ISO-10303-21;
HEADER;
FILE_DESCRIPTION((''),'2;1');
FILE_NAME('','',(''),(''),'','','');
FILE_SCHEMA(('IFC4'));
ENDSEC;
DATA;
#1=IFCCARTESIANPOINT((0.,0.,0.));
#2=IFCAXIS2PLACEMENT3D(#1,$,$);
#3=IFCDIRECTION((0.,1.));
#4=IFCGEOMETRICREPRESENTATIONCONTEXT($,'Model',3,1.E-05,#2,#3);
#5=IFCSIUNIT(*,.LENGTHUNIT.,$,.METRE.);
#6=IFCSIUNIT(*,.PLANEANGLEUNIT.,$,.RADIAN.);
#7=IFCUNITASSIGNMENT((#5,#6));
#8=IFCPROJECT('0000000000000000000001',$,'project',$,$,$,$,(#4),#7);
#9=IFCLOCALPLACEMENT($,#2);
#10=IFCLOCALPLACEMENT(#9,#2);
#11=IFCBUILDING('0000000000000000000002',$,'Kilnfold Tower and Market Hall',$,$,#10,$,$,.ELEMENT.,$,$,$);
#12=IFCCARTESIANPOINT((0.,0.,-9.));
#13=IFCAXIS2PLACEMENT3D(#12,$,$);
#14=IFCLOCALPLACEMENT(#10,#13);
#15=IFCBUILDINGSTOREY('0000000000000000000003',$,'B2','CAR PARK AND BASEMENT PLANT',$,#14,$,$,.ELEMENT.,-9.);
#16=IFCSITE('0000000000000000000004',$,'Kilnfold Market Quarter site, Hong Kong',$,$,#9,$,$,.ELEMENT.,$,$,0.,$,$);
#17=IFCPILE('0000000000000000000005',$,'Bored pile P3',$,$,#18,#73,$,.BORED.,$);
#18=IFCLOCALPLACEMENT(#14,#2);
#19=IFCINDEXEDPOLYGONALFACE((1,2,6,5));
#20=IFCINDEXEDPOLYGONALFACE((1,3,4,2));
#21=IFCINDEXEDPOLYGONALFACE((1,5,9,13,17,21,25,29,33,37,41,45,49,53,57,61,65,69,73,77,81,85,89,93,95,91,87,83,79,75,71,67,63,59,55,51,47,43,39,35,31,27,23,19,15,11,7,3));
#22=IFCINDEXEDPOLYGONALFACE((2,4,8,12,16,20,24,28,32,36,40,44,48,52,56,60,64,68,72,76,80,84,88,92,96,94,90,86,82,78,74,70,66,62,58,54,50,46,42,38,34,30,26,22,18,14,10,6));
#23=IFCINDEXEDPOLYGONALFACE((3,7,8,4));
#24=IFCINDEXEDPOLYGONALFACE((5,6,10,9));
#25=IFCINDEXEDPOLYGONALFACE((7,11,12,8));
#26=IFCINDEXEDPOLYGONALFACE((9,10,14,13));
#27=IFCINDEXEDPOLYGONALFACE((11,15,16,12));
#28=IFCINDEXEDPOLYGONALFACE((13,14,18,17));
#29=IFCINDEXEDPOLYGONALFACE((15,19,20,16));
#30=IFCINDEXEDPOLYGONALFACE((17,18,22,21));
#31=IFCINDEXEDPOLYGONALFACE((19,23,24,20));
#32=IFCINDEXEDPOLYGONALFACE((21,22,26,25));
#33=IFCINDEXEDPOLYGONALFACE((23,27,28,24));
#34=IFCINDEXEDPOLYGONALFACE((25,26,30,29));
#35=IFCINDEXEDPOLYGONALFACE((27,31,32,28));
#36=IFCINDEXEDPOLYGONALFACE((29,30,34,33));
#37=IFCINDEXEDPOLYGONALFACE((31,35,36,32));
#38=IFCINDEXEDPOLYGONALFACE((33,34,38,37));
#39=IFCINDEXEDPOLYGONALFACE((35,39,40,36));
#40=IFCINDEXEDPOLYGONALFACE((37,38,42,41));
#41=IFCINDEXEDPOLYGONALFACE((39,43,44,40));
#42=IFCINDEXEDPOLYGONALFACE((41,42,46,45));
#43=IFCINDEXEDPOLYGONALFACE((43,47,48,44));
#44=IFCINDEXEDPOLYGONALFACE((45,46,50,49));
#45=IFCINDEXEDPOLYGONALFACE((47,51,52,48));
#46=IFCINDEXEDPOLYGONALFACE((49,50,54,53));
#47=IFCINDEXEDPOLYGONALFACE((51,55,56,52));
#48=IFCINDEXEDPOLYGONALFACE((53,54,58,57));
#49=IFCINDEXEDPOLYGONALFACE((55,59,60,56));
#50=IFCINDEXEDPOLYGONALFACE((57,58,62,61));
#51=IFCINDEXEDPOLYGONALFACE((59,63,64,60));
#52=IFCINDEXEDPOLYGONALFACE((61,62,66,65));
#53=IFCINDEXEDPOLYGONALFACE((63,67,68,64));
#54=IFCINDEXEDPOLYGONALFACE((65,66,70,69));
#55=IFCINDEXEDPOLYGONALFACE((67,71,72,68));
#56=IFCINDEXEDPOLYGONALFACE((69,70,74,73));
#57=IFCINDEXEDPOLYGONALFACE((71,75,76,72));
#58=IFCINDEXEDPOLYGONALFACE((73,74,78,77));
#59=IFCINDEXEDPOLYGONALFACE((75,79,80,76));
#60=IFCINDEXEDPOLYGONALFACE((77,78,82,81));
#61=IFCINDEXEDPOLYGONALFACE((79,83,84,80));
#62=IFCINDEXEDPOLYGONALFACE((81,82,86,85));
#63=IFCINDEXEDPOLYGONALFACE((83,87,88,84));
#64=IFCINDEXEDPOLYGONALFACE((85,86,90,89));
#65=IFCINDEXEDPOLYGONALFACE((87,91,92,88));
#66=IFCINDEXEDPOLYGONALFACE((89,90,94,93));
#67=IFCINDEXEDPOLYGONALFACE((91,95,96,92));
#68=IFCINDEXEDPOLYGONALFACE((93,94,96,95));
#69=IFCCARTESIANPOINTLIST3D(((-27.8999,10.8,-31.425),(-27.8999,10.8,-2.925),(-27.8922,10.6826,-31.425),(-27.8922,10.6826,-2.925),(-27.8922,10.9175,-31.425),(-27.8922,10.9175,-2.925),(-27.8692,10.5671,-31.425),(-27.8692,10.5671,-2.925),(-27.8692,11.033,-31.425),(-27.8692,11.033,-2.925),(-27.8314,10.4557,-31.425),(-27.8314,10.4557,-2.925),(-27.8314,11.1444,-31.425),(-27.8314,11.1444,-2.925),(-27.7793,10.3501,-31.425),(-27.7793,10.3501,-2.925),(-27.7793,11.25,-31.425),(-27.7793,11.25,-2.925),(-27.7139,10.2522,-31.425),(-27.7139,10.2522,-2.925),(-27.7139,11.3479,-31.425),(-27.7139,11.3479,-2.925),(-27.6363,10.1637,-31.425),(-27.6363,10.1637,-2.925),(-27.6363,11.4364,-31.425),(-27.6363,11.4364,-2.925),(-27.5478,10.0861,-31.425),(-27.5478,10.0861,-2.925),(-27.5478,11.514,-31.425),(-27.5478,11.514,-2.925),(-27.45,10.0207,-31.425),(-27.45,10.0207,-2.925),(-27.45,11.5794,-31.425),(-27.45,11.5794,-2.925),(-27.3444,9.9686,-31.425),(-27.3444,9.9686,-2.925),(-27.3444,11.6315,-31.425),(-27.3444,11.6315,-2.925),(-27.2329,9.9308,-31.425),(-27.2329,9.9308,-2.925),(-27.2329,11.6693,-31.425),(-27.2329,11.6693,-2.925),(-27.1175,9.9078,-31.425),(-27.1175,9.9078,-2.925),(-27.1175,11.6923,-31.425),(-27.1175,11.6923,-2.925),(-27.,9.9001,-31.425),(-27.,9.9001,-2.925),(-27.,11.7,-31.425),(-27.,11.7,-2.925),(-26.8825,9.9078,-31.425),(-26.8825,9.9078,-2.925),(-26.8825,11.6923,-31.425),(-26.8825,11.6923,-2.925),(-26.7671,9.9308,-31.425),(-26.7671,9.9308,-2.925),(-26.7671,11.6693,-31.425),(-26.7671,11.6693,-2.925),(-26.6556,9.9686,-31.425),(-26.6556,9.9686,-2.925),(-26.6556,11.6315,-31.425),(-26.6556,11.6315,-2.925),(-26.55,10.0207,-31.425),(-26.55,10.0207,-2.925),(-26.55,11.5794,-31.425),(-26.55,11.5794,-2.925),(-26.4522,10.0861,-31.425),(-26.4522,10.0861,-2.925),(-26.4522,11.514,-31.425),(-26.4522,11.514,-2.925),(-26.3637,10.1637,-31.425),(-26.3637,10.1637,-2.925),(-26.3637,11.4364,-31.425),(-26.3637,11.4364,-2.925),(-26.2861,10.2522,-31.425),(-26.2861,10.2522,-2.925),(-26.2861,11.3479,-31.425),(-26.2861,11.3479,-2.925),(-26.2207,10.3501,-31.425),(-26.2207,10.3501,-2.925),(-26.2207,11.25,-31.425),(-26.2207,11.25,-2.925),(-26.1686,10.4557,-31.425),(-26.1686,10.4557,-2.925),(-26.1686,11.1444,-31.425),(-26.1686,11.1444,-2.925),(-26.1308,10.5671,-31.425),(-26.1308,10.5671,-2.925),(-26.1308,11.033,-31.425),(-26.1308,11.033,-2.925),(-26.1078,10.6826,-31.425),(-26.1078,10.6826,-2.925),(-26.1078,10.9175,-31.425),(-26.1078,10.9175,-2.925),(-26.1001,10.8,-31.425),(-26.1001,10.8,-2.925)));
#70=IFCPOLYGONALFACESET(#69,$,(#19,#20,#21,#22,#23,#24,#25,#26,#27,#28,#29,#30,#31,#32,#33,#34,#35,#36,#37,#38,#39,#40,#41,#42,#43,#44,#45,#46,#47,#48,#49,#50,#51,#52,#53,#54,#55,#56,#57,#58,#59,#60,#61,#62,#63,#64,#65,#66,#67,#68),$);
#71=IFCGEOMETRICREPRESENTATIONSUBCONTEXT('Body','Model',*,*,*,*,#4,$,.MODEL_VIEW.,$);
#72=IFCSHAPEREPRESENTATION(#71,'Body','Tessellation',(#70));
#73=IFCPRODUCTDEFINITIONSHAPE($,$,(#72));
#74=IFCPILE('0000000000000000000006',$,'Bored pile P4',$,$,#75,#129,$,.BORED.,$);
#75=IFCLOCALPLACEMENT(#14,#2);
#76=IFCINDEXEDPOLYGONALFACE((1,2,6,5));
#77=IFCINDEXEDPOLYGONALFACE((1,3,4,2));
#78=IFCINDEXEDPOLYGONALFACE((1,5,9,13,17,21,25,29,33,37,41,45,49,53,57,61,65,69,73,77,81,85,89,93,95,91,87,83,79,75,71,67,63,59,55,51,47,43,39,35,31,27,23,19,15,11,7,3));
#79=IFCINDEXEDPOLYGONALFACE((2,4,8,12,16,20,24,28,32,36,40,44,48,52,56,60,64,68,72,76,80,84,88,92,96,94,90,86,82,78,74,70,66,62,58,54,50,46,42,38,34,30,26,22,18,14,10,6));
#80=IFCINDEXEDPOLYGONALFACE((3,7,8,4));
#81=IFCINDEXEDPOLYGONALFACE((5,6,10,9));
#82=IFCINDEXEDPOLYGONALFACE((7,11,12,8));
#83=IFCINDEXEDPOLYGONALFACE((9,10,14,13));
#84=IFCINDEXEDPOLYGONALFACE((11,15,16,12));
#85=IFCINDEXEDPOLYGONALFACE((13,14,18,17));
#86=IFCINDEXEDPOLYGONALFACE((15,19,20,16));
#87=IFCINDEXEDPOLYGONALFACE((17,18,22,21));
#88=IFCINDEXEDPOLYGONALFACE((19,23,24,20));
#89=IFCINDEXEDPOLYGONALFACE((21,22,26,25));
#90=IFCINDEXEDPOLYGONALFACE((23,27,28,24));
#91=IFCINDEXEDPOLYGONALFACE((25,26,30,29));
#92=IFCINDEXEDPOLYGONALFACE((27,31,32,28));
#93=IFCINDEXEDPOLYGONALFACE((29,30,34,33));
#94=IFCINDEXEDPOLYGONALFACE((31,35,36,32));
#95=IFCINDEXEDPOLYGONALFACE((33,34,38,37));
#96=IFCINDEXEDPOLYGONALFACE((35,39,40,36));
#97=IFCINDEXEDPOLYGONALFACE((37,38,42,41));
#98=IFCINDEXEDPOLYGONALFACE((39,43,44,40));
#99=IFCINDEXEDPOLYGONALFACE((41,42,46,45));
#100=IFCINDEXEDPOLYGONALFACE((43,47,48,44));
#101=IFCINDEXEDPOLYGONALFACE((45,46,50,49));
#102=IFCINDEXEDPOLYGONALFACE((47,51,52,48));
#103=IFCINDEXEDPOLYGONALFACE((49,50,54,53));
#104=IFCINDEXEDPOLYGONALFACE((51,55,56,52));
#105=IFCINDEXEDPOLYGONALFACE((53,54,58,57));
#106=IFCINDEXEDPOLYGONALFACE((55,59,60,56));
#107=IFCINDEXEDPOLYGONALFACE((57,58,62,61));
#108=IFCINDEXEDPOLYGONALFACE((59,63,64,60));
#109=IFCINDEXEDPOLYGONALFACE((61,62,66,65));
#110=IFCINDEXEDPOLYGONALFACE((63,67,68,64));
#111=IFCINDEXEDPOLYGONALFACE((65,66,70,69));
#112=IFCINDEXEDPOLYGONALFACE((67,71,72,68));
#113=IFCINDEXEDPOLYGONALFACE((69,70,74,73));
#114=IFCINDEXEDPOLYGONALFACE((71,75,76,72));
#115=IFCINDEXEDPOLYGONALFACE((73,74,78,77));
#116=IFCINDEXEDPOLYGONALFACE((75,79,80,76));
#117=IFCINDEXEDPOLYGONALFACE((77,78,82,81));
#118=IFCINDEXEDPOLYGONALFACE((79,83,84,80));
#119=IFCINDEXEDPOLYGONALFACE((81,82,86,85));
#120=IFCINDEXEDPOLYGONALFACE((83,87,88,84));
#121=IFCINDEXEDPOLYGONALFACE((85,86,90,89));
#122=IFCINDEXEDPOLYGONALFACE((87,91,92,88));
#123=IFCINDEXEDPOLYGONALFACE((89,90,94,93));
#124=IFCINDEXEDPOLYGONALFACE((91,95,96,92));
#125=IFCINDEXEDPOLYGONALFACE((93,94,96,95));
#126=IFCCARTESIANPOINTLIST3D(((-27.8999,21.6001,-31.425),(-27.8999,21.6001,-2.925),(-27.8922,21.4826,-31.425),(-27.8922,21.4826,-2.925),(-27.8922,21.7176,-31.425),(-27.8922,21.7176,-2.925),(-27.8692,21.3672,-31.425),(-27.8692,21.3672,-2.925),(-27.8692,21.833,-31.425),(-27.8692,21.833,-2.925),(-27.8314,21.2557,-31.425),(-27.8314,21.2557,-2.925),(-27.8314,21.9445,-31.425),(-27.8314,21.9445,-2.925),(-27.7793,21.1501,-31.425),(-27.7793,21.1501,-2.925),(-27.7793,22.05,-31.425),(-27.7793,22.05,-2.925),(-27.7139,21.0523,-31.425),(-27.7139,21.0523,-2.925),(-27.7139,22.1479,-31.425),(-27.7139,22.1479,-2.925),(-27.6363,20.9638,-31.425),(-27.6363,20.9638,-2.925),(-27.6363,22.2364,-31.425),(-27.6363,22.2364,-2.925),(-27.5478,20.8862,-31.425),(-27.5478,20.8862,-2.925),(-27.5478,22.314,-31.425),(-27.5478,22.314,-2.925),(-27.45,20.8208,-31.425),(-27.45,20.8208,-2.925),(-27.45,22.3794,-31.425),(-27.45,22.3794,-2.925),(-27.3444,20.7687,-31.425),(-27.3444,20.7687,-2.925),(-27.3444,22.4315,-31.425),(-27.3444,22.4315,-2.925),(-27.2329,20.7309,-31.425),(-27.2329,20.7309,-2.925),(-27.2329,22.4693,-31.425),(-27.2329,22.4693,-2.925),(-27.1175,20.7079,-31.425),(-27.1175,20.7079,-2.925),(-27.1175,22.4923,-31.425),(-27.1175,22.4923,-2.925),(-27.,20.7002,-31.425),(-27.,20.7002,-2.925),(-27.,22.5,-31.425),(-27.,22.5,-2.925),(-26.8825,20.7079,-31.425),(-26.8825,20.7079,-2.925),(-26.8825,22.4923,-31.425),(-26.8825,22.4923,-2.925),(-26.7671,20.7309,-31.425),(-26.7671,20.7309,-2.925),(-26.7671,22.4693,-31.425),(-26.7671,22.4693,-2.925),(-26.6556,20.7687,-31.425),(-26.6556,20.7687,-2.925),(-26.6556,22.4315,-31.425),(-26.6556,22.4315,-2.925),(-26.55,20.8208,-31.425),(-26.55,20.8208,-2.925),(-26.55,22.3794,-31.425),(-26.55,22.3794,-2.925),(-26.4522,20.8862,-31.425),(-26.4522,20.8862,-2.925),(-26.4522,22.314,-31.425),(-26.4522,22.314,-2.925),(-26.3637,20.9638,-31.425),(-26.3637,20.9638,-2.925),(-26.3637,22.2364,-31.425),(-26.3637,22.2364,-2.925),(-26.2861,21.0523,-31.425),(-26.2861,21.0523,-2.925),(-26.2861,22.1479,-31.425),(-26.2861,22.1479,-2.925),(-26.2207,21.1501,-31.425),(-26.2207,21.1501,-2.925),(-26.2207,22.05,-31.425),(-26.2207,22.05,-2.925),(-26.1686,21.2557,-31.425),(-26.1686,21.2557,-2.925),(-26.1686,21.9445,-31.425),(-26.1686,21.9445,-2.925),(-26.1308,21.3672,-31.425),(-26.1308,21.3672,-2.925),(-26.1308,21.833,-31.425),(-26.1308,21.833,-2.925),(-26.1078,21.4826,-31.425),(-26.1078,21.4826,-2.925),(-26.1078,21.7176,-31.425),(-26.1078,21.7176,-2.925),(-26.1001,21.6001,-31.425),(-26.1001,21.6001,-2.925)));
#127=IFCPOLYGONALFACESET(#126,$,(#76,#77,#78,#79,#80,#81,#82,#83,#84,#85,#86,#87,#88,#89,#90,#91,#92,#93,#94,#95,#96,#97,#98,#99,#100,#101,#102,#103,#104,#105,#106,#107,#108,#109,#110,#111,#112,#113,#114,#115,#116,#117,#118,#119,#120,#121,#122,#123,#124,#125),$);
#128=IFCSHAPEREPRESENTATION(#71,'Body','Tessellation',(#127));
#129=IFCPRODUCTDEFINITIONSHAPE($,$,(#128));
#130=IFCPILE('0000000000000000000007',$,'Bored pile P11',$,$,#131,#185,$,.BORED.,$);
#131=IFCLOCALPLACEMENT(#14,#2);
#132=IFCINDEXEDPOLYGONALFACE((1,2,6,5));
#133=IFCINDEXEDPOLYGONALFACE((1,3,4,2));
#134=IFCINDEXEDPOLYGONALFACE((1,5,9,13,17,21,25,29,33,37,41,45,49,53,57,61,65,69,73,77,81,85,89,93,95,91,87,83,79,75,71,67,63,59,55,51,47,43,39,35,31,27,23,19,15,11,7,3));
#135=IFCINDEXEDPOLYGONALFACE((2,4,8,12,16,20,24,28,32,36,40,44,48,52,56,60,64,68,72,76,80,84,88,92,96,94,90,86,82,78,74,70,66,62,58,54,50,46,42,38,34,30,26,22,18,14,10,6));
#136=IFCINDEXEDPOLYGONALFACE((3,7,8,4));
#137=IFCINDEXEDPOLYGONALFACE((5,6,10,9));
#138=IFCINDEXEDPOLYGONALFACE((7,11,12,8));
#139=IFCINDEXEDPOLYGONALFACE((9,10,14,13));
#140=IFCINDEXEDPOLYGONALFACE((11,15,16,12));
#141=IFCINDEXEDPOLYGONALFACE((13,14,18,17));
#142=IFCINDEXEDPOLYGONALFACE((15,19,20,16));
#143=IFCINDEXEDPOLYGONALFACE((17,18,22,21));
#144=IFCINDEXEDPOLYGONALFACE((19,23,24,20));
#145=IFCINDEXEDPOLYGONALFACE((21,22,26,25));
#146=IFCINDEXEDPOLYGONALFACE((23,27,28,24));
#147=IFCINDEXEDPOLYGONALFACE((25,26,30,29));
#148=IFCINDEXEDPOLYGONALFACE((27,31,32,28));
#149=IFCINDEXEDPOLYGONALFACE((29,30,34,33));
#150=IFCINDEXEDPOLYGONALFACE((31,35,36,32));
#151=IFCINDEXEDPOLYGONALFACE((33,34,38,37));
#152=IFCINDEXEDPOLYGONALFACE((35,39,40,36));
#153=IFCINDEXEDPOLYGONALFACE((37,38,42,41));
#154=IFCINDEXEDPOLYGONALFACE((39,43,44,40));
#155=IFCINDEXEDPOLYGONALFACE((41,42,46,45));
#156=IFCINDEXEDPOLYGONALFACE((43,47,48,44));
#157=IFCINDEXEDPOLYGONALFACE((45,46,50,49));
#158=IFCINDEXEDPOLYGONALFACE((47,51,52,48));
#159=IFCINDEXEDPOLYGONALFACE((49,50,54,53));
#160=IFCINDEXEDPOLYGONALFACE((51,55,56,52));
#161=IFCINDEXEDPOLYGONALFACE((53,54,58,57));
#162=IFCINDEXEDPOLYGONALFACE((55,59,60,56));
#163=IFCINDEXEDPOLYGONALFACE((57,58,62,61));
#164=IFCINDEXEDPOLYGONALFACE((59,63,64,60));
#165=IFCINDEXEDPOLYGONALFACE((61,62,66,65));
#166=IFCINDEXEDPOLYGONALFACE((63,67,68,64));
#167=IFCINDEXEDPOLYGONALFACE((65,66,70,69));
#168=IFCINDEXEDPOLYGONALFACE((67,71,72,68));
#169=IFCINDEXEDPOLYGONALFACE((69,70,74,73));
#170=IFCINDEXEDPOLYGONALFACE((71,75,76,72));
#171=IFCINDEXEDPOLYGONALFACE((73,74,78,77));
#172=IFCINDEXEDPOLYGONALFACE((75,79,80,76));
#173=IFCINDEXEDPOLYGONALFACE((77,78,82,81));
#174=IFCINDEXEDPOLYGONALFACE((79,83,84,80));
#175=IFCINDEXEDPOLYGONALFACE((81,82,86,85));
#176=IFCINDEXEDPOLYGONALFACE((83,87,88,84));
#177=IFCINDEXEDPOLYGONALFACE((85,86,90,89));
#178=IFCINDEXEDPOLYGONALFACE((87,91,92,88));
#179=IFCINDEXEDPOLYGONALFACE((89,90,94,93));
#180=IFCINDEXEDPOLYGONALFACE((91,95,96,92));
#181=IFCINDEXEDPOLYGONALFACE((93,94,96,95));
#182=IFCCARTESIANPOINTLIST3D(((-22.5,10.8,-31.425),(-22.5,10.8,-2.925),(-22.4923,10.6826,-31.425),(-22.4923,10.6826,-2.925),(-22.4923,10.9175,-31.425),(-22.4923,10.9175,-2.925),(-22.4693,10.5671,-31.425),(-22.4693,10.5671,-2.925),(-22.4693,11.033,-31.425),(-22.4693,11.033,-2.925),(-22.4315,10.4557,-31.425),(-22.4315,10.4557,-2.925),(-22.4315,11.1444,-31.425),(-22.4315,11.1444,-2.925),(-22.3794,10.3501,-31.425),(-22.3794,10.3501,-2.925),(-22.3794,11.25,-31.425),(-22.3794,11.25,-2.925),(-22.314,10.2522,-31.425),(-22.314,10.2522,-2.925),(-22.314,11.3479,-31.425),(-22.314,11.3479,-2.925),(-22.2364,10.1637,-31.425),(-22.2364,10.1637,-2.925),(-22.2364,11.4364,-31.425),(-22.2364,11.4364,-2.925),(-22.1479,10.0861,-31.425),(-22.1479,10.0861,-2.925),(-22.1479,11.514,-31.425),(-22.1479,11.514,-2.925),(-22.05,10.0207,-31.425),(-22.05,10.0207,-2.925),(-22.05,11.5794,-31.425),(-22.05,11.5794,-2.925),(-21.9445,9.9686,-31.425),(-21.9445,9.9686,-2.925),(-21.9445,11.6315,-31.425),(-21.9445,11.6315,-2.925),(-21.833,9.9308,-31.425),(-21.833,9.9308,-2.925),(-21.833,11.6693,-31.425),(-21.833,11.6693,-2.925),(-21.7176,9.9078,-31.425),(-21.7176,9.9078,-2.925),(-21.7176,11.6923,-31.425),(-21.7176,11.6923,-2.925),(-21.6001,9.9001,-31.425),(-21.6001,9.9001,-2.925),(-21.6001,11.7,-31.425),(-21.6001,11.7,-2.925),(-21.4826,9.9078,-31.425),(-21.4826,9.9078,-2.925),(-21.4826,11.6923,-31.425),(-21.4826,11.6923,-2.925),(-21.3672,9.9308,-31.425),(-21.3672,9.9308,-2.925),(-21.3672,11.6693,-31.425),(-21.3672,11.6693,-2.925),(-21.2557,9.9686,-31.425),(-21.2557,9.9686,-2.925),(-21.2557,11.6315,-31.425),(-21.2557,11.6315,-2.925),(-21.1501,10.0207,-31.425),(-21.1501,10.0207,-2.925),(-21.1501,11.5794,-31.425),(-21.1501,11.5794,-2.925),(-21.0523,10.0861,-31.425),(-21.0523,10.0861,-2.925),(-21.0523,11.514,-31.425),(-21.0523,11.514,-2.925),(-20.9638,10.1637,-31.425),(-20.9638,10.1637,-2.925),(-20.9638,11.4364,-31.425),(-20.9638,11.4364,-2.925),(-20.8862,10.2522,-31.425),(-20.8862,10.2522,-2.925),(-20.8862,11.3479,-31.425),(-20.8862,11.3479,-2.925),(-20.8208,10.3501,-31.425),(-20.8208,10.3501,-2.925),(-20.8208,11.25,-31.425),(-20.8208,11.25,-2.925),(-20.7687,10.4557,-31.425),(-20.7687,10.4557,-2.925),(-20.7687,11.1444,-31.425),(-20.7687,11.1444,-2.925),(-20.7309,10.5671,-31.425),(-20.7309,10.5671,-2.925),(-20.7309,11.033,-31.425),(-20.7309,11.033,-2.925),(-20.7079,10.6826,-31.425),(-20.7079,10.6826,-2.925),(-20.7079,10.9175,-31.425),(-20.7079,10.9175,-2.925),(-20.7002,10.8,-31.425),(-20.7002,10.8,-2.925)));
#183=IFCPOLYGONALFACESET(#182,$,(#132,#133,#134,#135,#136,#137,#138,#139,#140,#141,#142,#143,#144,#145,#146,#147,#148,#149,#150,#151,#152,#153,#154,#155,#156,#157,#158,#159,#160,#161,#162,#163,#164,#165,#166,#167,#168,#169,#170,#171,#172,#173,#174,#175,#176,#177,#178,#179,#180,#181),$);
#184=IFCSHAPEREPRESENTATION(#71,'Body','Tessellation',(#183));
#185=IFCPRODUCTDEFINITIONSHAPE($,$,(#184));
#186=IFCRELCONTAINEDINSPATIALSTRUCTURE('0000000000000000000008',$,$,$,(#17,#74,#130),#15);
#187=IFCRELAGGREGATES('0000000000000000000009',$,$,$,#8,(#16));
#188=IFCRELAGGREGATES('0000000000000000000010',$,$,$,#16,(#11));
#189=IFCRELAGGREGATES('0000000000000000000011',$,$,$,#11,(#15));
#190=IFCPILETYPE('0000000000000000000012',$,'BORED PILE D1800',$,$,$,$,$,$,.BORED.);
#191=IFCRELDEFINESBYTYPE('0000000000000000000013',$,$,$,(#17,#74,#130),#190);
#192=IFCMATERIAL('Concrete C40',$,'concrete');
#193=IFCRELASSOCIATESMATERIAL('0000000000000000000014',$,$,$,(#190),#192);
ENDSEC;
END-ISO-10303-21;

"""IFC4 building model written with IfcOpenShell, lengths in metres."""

from ifc_helpers import new_model, si_unit, direction, frame, origin, origin_2d, place, context, subcontext, project, spatial, circle, extrude, source, transform, mapped, material, material_profile, profile_set, type_object, element, save


model = new_model("IFC4")

# Units and contexts
model_context = context("Model", 3, precision=1e-05, world=origin(), true_north=direction((0.0, 1.0)))
body_context = subcontext(model_context, "Body", "Model", "MODEL_VIEW")
ifc_project = project(units=[si_unit("LENGTHUNIT", "METRE"), si_unit("PLANEANGLEUNIT", "RADIAN")], contexts=[model_context])

# Site, building, storey
site_placement = place(None, origin())
site = spatial("IfcSite", under=ifc_project, at=site_placement, Name="Kilnfold Market Quarter site, Hong Kong", CompositionType="ELEMENT", RefElevation=0.0)
building_placement = place(site_placement, origin())
building = spatial("IfcBuilding", under=site, at=building_placement, Name="Kilnfold Tower and Market Hall", CompositionType="ELEMENT")
storey_placement = place(building_placement, frame((0.0, 0.0, -9.0)))
storey = spatial("IfcBuildingStorey", under=building, at=storey_placement, Name="B2", Description="CAR PARK AND BASEMENT PLANT", CompositionType="ELEMENT", Elevation=-9.0)

# Piles
ifc_material_1 = material(Name="Concrete C40", Category="concrete")
ifc_material_profile_1 = material_profile(ifc_material_1, circle(Radius=0.8999, at=origin_2d()), Name="RC D1800")
ifc_profile_set_1 = profile_set([ifc_material_profile_1], Name="Concrete C40")
pile_type = type_object("IfcPileType", Name="BORED PILE D1800", PredefinedType="BORED", material=ifc_profile_set_1)
shared_shape_1 = source(origin(), body_context, "Body", "SweptSolid", [
    extrude(circle(Radius=0.8999, at=origin_2d()), origin(), (0.0, 0.0, 1.0), 28.5),
])
for number, where, z_axis, x_axis, name in (
    (1, (-27.0, 10.8, -2.925), (0.0, 0.0, -1.0), (1.0, 0.0, 0.0), "Bored pile P3"),
    (2, (-27.0, 21.6001, -2.925), (0.0, 0.0, -1.0), (1.0, 0.0, 0.0), "Bored pile P4"),
    (3, (-21.6001, 10.8, -2.925), (0.0, 0.0, -1.0), (1.0, 0.0, 0.0), "Bored pile P11"),
):
    element("IfcPile", number, at=place(storey_placement, frame(where, z_axis=z_axis, x_axis=x_axis)), inside=storey, type_object=pile_type, Name=name, PredefinedType="BORED", context=body_context, shape_type="MappedRepresentation", body=[
        mapped(shared_shape_1, transform((0.0, 0.0, 0.0))),
    ])

save(model, "model.ifc")
